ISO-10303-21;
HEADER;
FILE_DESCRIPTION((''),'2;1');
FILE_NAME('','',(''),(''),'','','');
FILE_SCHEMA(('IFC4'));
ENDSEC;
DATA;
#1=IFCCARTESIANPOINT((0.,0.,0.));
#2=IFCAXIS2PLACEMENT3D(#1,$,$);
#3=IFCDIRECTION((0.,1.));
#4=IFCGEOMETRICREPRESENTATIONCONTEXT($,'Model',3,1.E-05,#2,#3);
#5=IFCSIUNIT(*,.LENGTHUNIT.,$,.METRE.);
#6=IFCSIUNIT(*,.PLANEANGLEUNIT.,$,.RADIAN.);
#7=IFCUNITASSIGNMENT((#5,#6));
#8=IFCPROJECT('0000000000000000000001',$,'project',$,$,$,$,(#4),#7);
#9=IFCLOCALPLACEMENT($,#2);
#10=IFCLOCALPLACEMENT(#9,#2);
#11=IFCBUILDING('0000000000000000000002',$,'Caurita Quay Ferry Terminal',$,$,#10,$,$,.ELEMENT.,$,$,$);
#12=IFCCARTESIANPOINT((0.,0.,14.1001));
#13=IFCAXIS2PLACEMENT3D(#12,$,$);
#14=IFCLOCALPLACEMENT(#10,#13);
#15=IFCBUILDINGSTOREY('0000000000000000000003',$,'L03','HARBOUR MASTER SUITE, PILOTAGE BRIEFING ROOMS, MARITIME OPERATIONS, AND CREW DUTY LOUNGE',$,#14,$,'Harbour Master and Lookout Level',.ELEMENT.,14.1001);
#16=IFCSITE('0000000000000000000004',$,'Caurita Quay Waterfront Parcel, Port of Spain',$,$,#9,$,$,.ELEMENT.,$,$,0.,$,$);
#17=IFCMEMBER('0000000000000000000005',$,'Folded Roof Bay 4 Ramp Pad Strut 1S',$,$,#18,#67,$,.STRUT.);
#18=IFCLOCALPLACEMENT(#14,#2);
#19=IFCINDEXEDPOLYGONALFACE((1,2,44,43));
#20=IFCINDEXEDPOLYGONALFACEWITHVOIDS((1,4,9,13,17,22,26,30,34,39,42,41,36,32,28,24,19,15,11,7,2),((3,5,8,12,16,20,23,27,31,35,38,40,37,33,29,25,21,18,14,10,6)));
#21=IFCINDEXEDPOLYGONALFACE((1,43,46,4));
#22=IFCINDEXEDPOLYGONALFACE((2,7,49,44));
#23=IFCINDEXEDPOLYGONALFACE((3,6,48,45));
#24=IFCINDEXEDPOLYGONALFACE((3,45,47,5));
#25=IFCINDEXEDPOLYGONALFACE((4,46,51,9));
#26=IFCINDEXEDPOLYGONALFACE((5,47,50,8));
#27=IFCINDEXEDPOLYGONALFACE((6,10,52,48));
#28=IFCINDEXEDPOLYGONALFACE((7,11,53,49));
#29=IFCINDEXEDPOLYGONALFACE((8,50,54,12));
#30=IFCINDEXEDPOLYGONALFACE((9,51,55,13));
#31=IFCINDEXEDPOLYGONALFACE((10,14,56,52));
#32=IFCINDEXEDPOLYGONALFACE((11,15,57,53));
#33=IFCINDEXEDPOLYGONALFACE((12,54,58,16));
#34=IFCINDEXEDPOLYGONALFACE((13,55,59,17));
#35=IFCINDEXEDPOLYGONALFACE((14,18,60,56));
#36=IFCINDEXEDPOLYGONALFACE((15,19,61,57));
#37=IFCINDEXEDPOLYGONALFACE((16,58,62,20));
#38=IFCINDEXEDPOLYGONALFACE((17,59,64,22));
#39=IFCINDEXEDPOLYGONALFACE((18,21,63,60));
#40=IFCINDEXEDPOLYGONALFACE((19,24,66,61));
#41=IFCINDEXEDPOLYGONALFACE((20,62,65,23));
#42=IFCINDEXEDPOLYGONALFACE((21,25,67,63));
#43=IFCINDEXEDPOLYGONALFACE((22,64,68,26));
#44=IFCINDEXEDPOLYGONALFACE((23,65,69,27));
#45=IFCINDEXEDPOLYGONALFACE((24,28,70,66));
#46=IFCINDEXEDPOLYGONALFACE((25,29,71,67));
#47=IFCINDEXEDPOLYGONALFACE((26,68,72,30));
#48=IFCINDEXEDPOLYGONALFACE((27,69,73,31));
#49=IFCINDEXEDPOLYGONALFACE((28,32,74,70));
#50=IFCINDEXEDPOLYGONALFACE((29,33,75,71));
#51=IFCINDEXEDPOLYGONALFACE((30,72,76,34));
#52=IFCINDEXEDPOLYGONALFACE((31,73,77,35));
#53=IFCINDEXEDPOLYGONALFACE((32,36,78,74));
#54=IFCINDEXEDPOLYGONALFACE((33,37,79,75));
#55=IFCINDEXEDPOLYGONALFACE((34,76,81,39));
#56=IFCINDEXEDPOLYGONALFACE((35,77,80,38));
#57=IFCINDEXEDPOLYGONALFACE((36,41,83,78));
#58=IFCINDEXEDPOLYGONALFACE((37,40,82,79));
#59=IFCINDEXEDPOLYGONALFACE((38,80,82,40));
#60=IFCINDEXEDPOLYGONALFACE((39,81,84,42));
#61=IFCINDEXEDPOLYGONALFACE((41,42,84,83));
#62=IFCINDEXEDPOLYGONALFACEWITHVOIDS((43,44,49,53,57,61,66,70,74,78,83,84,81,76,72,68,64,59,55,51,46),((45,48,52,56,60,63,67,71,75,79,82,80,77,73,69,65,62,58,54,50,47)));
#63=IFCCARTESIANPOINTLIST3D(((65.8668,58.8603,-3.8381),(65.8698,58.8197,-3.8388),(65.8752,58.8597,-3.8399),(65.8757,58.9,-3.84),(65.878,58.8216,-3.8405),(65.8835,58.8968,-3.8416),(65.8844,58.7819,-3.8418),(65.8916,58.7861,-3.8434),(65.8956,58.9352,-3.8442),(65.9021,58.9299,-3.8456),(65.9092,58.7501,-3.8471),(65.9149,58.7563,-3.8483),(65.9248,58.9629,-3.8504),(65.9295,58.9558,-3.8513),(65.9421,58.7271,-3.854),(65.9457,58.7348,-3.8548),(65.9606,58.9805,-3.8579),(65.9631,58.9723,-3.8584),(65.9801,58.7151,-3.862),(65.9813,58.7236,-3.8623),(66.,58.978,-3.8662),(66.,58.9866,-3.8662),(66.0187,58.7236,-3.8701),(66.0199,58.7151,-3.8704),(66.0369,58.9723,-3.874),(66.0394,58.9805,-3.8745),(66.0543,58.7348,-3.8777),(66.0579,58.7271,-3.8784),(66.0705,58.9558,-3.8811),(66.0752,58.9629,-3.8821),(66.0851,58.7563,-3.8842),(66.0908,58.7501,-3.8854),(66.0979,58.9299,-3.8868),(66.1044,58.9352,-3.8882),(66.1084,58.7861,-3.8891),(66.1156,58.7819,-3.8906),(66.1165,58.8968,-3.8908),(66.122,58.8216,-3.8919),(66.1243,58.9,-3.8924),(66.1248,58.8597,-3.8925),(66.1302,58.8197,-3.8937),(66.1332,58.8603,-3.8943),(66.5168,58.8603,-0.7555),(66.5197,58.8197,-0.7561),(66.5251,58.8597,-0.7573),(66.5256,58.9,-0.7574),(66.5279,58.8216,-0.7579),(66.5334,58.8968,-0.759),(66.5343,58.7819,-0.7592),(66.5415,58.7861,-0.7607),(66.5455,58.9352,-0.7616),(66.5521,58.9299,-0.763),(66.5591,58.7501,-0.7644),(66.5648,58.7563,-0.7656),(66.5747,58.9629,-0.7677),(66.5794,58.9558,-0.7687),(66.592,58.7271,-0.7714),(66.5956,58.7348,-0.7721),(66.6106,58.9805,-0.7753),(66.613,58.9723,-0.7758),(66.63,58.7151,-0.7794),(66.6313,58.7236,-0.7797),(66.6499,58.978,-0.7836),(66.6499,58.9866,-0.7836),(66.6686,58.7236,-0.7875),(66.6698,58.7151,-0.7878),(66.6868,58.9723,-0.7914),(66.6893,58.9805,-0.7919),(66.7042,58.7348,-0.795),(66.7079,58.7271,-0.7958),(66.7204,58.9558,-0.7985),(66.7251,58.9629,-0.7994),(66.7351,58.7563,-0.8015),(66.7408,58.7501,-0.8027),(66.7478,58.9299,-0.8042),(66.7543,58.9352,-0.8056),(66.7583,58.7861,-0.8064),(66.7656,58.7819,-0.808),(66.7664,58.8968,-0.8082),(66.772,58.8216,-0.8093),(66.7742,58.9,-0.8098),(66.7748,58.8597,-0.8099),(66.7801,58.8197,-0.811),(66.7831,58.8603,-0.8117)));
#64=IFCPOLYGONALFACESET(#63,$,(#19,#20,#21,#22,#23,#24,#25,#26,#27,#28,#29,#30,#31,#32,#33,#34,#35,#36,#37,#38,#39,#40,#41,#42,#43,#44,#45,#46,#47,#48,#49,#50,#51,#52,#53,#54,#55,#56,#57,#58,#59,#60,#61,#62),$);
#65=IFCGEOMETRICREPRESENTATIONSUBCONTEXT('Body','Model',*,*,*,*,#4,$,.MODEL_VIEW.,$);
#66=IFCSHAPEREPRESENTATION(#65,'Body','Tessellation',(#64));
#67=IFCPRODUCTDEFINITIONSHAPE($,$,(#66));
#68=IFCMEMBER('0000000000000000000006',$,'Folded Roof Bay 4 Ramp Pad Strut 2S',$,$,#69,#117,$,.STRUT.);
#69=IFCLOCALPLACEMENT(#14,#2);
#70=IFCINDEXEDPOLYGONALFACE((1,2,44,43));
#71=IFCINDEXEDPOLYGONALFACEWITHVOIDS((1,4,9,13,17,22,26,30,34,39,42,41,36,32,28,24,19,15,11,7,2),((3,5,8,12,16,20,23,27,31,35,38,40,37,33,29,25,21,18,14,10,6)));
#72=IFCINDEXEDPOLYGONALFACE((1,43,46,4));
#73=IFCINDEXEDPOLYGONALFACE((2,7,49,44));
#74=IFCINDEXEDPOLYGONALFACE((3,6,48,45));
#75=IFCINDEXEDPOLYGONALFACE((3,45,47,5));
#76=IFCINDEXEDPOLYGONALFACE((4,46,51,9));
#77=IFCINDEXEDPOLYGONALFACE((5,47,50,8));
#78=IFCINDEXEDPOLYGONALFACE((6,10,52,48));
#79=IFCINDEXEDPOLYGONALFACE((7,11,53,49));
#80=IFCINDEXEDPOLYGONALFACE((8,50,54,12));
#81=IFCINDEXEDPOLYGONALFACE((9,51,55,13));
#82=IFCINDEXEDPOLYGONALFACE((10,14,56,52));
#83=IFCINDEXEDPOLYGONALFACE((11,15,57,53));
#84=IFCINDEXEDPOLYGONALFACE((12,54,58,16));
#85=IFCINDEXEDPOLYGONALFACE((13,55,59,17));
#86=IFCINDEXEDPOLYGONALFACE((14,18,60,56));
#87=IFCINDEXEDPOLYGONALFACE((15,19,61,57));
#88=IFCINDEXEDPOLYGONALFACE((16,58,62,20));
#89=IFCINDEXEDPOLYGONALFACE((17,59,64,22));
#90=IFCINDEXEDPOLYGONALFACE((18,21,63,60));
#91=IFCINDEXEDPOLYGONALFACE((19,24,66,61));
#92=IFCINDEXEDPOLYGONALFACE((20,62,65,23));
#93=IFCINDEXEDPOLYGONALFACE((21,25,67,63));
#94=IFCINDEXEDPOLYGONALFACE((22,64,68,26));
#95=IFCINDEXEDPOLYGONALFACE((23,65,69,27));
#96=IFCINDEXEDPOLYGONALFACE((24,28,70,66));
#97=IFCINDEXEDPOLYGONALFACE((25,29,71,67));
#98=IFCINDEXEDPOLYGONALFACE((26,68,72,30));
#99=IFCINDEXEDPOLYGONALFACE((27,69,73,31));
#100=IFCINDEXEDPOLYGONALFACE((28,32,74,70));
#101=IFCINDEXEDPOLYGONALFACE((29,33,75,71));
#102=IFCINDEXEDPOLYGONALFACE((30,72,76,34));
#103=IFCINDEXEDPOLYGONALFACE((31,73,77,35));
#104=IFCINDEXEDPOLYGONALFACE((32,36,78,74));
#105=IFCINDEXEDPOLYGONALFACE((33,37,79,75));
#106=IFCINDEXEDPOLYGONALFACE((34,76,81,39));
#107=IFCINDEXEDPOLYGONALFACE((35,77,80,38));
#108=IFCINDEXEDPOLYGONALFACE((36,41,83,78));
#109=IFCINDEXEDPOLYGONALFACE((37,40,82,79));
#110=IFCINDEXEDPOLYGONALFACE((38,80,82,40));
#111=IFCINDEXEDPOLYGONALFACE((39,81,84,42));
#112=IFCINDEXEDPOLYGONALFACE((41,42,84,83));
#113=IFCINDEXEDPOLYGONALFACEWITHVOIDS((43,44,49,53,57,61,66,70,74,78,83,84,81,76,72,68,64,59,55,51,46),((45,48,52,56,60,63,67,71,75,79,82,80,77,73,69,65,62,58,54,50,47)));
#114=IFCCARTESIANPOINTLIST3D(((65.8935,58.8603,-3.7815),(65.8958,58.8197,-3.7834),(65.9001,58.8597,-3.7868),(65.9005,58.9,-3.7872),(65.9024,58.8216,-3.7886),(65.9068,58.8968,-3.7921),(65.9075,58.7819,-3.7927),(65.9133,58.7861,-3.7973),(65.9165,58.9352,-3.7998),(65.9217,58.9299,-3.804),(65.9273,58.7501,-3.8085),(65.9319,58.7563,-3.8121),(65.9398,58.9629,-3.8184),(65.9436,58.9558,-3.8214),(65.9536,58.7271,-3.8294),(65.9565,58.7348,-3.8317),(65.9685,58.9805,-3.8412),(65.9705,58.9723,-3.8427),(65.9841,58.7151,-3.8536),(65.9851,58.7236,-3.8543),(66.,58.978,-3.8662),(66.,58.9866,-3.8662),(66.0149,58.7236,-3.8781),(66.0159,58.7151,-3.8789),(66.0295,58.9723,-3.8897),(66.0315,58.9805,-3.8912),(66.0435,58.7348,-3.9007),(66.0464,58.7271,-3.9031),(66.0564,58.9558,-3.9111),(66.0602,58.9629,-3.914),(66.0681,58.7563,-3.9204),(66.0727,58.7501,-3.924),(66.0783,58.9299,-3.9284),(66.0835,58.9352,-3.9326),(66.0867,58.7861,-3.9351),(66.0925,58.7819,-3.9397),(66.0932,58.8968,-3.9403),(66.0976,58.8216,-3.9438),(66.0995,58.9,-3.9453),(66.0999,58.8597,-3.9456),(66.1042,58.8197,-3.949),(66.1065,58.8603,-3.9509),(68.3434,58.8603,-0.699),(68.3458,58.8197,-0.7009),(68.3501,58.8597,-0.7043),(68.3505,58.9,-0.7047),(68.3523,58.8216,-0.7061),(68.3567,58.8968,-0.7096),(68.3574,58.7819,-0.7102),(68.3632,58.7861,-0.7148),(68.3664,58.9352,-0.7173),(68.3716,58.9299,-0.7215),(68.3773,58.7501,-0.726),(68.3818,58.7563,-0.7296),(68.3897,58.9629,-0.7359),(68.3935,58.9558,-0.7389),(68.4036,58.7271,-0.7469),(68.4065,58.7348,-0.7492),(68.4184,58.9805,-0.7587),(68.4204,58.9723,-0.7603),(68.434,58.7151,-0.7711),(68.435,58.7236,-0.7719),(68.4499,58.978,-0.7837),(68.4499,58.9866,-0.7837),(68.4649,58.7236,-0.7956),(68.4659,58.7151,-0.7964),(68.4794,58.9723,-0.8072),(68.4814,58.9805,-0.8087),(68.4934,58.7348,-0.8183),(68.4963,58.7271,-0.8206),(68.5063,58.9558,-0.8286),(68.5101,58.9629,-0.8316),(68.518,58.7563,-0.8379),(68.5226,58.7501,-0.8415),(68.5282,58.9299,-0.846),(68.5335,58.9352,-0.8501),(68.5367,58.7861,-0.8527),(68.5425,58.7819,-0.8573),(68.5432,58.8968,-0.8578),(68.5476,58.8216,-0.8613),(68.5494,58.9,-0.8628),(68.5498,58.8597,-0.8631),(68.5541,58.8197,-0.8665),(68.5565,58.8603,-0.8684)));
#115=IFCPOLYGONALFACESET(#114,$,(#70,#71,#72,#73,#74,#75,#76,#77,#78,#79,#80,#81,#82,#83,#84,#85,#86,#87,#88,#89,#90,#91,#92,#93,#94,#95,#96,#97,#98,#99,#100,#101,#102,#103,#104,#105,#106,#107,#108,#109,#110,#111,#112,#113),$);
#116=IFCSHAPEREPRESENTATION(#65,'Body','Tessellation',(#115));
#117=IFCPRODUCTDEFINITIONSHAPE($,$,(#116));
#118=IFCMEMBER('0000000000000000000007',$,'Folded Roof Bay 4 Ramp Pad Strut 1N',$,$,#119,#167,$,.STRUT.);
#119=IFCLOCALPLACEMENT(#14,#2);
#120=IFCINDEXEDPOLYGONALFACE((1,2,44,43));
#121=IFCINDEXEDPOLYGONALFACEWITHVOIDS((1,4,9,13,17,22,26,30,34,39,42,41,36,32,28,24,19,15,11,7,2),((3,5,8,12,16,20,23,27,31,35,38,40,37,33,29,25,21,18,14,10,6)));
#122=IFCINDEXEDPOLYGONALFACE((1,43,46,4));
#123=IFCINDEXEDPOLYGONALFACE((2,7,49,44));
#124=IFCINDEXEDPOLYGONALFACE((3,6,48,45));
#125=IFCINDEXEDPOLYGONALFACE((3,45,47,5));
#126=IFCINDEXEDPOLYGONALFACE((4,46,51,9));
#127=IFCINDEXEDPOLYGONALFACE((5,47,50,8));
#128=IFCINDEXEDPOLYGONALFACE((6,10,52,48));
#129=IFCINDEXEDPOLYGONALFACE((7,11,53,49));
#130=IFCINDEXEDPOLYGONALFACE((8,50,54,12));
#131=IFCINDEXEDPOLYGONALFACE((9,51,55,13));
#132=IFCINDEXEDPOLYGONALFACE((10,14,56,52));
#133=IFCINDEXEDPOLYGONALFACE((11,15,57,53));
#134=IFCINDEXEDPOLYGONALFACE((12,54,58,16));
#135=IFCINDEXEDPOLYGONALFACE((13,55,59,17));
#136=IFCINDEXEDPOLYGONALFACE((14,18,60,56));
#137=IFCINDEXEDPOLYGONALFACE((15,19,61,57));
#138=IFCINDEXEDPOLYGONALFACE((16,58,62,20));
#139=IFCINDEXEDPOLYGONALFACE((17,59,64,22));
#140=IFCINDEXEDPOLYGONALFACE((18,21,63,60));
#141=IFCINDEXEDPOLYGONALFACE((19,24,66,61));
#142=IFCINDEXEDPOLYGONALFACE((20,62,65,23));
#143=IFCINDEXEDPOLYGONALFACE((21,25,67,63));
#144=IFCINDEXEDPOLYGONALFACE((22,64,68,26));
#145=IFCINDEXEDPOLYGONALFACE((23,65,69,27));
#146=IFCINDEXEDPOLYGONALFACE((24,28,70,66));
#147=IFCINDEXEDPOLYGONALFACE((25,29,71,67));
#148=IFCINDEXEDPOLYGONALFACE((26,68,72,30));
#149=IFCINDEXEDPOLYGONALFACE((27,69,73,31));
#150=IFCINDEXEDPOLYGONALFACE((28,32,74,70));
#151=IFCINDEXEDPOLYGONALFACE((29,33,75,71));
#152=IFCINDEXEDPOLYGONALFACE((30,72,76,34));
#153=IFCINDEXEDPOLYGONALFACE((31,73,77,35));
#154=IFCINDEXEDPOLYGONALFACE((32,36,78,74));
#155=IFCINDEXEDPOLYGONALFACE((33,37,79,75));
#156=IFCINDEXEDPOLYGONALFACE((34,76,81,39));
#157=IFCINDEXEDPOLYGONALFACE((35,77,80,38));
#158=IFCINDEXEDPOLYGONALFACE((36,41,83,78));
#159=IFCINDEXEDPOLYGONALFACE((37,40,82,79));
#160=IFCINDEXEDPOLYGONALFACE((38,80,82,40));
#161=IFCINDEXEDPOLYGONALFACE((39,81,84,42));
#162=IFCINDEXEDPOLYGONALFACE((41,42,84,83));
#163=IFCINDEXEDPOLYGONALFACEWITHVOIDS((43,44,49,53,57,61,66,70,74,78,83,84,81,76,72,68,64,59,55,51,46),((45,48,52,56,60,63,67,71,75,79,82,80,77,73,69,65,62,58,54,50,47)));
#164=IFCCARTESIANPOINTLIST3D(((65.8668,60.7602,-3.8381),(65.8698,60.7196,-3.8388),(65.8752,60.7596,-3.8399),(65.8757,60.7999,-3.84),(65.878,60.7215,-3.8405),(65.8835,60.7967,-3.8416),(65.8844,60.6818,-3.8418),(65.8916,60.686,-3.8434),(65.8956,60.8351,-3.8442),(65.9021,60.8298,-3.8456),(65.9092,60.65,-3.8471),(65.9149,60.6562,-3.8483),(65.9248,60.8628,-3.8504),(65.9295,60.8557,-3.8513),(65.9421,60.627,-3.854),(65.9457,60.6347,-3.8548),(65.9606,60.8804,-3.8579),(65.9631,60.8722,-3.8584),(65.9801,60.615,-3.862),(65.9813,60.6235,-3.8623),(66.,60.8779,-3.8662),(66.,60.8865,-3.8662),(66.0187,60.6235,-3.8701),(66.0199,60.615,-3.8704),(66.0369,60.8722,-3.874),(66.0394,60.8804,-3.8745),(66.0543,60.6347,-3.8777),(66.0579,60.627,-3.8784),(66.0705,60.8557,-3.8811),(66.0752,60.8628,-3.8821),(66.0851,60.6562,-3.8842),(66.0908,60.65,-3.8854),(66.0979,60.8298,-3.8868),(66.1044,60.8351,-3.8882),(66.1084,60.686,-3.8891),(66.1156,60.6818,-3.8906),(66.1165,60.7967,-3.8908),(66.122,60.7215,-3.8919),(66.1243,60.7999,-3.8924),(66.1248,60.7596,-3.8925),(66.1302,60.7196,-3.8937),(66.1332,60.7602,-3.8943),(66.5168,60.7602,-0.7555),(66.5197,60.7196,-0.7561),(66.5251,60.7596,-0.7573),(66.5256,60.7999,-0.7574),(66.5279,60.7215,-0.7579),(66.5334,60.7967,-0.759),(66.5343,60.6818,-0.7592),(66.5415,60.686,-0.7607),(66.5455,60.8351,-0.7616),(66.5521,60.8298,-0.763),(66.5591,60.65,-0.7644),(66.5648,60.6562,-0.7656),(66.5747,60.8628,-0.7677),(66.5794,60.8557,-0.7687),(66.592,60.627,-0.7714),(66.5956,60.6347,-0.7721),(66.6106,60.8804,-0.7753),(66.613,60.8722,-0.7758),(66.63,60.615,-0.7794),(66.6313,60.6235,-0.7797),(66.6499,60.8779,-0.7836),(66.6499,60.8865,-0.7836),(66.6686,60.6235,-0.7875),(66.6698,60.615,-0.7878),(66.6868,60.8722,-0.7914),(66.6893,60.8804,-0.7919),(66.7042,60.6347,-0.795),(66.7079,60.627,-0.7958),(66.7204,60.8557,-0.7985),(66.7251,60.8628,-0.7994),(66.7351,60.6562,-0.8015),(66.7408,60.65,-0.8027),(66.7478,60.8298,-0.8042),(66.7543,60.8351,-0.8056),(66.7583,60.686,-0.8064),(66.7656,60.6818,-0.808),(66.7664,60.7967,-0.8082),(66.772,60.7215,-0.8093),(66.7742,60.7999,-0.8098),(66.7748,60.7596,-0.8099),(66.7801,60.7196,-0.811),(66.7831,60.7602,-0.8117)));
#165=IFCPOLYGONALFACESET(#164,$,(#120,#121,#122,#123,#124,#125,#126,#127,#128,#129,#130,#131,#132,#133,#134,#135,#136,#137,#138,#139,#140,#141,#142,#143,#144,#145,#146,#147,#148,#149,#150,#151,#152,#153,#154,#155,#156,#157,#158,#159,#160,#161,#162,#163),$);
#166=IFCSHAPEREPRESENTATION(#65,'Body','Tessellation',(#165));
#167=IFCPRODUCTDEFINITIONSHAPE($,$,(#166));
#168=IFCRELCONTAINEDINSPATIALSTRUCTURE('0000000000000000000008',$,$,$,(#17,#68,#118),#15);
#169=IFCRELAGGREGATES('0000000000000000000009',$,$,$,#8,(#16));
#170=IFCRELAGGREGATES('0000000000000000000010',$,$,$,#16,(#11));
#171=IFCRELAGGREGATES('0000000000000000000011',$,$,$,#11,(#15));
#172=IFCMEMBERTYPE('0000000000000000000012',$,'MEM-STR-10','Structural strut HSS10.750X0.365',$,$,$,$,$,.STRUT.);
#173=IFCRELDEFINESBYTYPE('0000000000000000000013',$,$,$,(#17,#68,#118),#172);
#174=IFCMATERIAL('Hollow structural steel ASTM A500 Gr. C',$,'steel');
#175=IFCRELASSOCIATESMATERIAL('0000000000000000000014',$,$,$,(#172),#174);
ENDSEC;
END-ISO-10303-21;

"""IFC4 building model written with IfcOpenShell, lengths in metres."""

from ifc_helpers import new_model, si_unit, direction, frame, origin, origin_2d, place, context, subcontext, project, spatial, hollow_circle, extrude, material, material_profile, profile_set, type_object, element, save


model = new_model("IFC4")

# Units and contexts
model_context = context("Model", 3, precision=1e-05, world=origin(), true_north=direction((0.0, 1.0)))
body_context = subcontext(model_context, "Body", "Model", "MODEL_VIEW")
ifc_project = project(units=[si_unit("LENGTHUNIT", "METRE"), si_unit("PLANEANGLEUNIT", "RADIAN")], contexts=[model_context])

# Site, building, storey
site_placement = place(None, origin())
site = spatial("IfcSite", under=ifc_project, at=site_placement, Name="Caurita Quay Waterfront Parcel, Port of Spain", CompositionType="ELEMENT", RefElevation=0.0)
building_placement = place(site_placement, origin())
building = spatial("IfcBuilding", under=site, at=building_placement, Name="Caurita Quay Ferry Terminal", CompositionType="ELEMENT")
storey_placement = place(building_placement, frame((0.0, 0.0, 14.1001)))
storey = spatial("IfcBuildingStorey", under=building, at=storey_placement, Name="L03", Description="HARBOUR MASTER SUITE, PILOTAGE BRIEFING ROOMS, MARITIME OPERATIONS, AND CREW DUTY LOUNGE", LongName="Harbour Master and Lookout Level", CompositionType="ELEMENT", Elevation=14.1001)

# Members
ifc_material_1 = material(Name="Hollow structural steel ASTM A500 Gr. C", Category="steel")
ifc_material_profile_1 = material_profile(ifc_material_1, hollow_circle(Radius=0.1365, WallThickness=0.0085, at=origin_2d()), Name="HSS10.750X0.365")
ifc_profile_set_1 = profile_set([ifc_material_profile_1], Name="Hollow structural steel ASTM A500 Gr. C")
member_type_1 = type_object("IfcMemberType", Name="MEM-STR-10", Description="Structural strut HSS10.750X0.365", PredefinedType="STRUT", material=ifc_profile_set_1)
member_1_placement = place(storey_placement, frame((66.0, 58.8501, -3.8662), z_axis=(0.206299, 0.0, 0.978489), x_axis=(0.0, 1.0, 0.0)))
element("IfcMember", 1, at=member_1_placement, inside=storey, type_object=member_type_1, Name="Folded Roof Bay 4 Ramp Pad Strut 1S", PredefinedType="STRUT", context=body_context, shape_type="SweptSolid", body=[
    extrude(hollow_circle(Radius=0.1365, WallThickness=0.0085, at=origin_2d()), origin(), (0.0, 0.0, 1.0), 3.1504),
])
member_2_placement = place(storey_placement, frame((66.0, 58.8501, -3.8662), z_axis=(0.622204, 0.0, 0.782855), x_axis=(0.0, 1.0, 0.0)))
element("IfcMember", 2, at=member_2_placement, inside=storey, type_object=member_type_1, Name="Folded Roof Bay 4 Ramp Pad Strut 2S", PredefinedType="STRUT", context=body_context, shape_type="SweptSolid", body=[
    extrude(hollow_circle(Radius=0.1365, WallThickness=0.0085, at=origin_2d()), origin(), (0.0, 0.0, 1.0), 3.9375),
])
member_3_placement = place(storey_placement, frame((66.0, 60.75, -3.8662), z_axis=(0.206299, 0.0, 0.978489), x_axis=(0.0, 1.0, 0.0)))
element("IfcMember", 3, at=member_3_placement, inside=storey, type_object=member_type_1, Name="Folded Roof Bay 4 Ramp Pad Strut 1N", PredefinedType="STRUT", context=body_context, shape_type="SweptSolid", body=[
    extrude(hollow_circle(Radius=0.1365, WallThickness=0.0085, at=origin_2d()), origin(), (0.0, 0.0, 1.0), 3.1504),
])

save(model, "model.ifc")
